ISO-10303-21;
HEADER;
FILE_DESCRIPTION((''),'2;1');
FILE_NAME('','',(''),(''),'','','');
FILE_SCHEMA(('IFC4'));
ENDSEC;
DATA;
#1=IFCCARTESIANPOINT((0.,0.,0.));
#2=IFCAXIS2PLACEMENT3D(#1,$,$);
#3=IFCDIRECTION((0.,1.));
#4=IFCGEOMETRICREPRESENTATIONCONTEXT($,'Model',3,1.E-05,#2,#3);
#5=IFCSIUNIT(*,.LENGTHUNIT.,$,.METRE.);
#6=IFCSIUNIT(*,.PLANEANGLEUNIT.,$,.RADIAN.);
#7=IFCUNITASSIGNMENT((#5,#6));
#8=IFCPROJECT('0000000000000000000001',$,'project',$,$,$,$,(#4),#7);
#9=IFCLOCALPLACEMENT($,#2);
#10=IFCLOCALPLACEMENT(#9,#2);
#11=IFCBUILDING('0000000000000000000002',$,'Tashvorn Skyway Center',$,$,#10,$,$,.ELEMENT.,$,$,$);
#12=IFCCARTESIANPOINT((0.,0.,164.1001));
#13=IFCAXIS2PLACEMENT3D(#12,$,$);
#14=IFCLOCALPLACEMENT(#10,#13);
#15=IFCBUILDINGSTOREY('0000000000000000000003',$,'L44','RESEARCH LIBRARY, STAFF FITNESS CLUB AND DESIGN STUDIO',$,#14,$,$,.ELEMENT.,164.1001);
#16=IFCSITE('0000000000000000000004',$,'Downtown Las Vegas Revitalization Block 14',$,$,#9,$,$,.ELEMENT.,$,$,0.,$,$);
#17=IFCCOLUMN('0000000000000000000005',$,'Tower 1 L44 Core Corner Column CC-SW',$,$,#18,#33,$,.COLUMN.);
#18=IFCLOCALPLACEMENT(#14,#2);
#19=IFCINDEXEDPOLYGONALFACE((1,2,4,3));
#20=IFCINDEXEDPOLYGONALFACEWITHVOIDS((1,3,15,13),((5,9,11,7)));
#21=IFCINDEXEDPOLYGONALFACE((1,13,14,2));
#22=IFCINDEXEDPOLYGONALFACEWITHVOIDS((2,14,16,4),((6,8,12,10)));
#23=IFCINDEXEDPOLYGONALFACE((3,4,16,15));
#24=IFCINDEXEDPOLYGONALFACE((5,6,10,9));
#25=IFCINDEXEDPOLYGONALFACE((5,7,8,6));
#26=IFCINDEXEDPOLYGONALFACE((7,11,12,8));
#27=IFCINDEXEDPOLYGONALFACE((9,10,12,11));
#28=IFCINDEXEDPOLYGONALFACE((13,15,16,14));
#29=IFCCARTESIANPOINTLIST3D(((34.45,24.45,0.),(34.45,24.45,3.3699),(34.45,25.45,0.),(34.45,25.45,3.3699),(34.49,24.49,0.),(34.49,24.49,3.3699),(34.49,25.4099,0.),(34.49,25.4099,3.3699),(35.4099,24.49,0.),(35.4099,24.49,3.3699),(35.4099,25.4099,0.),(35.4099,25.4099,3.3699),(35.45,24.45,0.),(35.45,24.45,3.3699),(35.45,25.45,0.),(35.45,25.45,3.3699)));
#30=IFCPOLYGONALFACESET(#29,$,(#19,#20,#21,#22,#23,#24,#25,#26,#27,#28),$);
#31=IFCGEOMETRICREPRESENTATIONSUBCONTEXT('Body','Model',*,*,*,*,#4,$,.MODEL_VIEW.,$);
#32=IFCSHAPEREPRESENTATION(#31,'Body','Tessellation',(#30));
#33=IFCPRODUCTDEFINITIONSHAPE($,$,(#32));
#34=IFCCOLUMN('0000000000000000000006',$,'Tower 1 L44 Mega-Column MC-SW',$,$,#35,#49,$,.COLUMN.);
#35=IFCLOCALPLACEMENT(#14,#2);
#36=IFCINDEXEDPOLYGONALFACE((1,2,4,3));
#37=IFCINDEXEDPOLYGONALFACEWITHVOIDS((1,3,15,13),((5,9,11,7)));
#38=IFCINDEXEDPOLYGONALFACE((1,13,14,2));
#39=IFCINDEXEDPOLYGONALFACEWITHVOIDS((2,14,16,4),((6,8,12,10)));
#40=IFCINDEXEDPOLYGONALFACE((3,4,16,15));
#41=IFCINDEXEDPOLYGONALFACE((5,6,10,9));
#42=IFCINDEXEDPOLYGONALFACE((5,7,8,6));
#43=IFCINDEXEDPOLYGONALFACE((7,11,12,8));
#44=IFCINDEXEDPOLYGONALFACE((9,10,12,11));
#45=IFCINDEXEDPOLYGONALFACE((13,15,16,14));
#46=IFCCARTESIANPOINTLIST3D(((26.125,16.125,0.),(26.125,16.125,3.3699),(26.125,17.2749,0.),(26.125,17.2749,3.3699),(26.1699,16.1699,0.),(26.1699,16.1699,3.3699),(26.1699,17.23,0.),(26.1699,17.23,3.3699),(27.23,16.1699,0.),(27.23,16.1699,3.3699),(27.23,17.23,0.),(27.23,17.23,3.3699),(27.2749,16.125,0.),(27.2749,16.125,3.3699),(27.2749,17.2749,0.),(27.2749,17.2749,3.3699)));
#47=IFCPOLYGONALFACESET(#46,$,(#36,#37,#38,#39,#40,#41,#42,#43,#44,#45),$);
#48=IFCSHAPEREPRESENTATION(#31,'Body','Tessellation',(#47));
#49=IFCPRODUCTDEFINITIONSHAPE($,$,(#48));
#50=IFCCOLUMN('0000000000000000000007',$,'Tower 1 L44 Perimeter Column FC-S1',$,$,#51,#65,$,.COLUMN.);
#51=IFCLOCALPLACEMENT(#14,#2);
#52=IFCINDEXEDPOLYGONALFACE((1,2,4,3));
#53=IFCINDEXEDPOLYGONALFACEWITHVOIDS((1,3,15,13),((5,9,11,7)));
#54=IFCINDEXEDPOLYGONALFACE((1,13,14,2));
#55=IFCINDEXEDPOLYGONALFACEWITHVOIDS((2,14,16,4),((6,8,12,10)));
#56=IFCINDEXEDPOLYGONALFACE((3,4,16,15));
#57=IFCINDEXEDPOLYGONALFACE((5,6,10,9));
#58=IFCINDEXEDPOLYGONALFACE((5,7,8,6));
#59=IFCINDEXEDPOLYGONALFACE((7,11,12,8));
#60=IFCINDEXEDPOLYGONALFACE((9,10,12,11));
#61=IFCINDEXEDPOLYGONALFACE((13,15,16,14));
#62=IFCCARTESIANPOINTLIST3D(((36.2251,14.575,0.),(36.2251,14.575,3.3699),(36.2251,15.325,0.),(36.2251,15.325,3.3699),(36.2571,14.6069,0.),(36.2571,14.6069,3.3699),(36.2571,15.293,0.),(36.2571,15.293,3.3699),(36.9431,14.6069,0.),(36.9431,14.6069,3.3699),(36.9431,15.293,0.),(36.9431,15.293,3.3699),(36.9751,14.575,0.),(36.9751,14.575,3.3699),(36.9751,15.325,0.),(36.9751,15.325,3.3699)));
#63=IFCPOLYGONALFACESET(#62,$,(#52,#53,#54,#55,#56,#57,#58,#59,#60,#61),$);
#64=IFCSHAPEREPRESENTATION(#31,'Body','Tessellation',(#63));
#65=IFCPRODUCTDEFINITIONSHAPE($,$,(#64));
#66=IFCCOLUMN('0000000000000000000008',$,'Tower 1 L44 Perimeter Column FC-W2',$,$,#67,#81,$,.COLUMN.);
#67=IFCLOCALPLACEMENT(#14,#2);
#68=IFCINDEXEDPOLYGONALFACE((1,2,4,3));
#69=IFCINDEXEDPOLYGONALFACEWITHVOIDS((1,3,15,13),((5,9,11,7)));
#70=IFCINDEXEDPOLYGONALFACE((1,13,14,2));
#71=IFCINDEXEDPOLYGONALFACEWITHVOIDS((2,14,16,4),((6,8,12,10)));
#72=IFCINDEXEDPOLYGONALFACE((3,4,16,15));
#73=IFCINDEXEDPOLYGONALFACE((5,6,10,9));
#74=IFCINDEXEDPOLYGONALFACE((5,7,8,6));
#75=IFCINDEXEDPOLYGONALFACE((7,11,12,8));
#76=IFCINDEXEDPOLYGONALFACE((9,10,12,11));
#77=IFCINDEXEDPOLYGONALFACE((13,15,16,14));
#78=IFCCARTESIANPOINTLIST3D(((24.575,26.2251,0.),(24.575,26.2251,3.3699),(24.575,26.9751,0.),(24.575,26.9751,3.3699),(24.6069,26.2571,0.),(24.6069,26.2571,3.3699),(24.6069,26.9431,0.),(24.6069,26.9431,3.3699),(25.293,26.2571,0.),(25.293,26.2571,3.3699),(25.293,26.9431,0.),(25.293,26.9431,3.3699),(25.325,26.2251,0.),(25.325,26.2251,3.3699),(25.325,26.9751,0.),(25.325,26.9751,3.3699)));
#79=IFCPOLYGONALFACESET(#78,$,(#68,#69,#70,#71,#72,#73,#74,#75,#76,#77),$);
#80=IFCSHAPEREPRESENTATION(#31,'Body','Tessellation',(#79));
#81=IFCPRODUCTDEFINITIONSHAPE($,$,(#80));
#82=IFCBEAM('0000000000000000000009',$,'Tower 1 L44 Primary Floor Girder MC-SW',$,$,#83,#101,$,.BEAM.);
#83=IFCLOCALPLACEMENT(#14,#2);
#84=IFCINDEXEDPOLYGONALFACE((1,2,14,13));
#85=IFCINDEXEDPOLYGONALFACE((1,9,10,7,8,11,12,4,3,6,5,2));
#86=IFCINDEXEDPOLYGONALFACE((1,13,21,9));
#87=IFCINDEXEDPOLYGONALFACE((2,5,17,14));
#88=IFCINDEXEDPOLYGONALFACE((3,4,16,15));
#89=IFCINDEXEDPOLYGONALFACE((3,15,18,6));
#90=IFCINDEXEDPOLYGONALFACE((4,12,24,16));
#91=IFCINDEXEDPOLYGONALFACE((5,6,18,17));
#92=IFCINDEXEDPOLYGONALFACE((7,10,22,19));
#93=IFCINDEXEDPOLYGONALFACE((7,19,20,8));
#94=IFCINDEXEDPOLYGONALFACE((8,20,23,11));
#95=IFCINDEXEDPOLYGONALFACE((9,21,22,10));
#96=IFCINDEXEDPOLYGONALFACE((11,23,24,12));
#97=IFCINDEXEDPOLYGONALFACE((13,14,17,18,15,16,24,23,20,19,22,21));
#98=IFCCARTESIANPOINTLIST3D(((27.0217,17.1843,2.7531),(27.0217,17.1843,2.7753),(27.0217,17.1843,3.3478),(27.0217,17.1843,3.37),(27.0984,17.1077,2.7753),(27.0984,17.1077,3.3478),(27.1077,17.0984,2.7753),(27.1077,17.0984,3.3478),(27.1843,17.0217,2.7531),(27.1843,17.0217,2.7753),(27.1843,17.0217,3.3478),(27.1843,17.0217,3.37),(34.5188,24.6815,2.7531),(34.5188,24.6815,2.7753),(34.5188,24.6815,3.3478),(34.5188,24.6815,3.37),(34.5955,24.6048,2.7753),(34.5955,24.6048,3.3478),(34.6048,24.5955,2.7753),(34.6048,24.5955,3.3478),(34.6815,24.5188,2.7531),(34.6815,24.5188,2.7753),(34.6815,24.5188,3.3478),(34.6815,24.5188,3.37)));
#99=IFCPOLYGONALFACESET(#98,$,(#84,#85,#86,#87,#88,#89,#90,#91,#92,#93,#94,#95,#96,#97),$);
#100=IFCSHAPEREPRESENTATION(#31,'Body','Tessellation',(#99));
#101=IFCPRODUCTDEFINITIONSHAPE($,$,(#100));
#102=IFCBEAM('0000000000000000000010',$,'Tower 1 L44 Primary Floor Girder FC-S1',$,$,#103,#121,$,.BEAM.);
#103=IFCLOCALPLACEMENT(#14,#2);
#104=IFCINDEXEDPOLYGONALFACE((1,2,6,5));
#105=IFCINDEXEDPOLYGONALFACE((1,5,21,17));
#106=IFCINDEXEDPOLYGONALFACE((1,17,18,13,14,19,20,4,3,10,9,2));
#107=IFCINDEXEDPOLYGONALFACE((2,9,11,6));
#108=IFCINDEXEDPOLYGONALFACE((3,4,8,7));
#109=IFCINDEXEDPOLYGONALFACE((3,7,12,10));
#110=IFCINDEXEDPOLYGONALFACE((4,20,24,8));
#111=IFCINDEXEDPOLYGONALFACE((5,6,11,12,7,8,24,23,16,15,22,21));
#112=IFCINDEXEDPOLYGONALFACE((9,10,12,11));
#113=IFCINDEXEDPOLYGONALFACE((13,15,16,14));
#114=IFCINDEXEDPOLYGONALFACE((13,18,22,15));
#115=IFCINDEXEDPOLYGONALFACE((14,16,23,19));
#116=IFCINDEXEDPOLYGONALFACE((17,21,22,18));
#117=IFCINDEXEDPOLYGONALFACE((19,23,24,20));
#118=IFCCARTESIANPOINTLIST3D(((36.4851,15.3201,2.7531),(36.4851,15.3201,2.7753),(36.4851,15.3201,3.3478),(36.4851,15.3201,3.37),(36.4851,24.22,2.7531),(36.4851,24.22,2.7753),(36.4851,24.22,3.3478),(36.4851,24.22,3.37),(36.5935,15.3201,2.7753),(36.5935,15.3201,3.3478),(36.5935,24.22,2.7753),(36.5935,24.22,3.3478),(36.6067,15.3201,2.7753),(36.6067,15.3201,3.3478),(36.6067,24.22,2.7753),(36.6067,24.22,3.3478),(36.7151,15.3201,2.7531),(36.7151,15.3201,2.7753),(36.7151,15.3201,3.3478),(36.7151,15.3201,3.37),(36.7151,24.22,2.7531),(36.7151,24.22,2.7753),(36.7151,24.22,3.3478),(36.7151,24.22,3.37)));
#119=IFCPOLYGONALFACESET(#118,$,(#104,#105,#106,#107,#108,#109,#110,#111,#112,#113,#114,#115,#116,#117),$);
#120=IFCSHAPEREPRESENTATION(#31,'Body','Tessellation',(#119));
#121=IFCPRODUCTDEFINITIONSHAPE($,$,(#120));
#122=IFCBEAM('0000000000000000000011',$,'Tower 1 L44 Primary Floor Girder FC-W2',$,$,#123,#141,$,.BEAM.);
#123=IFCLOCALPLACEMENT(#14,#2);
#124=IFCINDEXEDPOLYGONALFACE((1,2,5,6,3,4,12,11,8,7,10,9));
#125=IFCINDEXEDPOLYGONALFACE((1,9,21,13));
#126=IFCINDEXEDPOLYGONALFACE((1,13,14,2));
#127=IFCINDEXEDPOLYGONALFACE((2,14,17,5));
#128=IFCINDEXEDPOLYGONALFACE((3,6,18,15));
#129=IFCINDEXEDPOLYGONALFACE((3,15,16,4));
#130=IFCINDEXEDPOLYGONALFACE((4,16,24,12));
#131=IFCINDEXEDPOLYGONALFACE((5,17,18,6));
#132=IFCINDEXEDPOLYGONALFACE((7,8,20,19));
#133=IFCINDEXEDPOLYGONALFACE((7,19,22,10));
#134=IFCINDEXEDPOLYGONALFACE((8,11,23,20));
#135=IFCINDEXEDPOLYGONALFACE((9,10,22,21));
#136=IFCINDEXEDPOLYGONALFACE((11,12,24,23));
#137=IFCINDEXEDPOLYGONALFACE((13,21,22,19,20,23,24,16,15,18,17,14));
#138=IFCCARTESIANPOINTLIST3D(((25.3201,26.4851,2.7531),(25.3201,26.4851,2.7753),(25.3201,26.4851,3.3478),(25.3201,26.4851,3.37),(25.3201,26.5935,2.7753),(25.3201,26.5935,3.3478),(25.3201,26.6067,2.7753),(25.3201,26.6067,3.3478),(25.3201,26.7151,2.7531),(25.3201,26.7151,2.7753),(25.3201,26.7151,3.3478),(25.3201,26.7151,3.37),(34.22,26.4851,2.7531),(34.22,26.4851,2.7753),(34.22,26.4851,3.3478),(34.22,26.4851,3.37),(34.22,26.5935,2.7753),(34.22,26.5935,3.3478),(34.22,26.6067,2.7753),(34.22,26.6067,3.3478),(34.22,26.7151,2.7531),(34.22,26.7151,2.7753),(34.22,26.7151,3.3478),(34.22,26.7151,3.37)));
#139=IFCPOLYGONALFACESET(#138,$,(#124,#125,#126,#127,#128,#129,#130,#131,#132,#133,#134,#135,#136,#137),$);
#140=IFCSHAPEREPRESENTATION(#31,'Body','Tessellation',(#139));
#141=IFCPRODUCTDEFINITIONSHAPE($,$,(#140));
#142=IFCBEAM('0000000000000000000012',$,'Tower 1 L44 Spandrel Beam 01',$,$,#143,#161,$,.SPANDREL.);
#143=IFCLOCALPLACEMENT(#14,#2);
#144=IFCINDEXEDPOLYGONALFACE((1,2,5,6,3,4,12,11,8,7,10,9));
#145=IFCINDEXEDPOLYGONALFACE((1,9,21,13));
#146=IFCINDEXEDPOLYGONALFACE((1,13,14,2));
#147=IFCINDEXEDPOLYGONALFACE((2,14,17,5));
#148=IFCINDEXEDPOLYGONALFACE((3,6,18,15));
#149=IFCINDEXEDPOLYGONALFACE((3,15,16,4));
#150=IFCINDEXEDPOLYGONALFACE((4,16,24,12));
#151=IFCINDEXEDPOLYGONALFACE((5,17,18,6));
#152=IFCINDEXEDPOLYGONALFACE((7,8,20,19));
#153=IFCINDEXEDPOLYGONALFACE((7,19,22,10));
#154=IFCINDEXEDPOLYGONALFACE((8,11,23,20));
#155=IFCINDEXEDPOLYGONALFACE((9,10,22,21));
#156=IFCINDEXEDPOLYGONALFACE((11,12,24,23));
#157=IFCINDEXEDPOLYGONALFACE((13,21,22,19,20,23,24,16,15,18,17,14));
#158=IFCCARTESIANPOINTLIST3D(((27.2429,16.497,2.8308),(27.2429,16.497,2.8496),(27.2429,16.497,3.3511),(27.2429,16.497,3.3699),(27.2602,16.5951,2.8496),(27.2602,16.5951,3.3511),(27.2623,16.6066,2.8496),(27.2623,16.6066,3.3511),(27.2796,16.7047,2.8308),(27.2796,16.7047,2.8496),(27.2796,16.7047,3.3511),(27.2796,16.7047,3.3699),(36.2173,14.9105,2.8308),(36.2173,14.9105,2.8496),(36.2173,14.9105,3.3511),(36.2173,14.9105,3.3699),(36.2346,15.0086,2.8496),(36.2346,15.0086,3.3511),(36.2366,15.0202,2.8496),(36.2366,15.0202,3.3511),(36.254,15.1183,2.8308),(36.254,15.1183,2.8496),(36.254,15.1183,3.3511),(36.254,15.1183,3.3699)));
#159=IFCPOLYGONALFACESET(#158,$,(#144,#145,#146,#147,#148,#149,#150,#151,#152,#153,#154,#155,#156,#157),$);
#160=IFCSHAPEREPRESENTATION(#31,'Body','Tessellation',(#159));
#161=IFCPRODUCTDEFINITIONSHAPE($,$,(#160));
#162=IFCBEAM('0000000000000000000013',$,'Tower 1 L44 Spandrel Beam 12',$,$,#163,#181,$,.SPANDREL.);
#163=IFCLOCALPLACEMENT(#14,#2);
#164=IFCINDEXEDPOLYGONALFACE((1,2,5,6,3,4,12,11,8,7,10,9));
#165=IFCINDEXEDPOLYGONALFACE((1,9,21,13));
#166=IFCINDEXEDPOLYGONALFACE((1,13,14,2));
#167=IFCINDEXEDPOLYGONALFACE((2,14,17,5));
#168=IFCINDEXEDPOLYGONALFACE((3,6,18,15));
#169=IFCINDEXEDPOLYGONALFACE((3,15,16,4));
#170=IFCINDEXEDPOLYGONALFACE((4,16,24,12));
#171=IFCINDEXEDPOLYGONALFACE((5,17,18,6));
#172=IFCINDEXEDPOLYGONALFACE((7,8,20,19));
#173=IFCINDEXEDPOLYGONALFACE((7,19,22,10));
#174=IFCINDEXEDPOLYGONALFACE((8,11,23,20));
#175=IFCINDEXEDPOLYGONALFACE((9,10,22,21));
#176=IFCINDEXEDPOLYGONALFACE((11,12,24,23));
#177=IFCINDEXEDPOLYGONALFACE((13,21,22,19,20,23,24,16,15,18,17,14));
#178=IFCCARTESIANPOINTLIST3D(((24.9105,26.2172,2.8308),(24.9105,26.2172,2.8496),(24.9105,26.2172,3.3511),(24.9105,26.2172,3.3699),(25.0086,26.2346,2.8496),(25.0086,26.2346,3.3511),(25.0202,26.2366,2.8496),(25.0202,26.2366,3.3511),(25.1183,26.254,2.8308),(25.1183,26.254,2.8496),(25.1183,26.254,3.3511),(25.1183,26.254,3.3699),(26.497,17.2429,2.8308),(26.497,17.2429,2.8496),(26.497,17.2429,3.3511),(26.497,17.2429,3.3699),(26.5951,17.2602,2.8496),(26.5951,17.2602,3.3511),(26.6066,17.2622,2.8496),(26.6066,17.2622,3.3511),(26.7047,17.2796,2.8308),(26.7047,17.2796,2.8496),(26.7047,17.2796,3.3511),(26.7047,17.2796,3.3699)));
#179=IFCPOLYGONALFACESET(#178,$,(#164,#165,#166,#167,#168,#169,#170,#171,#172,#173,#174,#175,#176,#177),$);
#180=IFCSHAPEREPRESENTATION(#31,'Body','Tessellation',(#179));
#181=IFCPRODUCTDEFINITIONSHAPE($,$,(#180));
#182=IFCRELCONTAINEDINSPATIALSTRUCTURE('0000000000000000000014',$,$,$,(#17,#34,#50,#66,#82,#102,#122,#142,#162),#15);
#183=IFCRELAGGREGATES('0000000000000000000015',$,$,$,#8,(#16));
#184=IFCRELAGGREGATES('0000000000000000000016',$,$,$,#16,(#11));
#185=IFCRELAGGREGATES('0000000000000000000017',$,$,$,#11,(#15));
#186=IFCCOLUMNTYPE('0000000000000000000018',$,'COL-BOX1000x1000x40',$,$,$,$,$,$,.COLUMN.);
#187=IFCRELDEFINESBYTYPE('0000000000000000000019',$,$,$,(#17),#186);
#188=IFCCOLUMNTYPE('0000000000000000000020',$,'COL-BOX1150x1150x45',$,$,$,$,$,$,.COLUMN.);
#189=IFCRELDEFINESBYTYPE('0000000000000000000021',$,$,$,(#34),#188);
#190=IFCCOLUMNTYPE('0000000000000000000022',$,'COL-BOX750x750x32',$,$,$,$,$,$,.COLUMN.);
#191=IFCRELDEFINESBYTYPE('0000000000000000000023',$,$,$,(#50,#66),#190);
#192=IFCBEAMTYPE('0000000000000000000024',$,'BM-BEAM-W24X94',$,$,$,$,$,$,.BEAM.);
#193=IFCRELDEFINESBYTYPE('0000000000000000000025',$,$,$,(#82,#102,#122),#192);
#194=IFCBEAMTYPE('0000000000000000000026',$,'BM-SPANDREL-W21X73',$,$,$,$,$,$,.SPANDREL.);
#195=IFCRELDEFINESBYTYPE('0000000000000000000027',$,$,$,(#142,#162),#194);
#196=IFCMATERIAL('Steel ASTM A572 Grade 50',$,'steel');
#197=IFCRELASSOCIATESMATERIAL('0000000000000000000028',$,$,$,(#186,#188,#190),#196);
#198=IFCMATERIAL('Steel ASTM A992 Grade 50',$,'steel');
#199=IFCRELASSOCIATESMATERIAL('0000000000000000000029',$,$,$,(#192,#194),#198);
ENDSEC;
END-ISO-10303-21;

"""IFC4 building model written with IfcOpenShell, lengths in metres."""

from ifc_helpers import new_model, si_unit, direction, frame, origin, origin_2d, place, context, subcontext, project, spatial, hollow_rectangle, i_section, extrude, material, material_profile, profile_set, type_object, element, save


model = new_model("IFC4")

# Units and contexts
model_context = context("Model", 3, precision=1e-05, world=origin(), true_north=direction((0.0, 1.0)))
body_context = subcontext(model_context, "Body", "Model", "MODEL_VIEW")
ifc_project = project(units=[si_unit("LENGTHUNIT", "METRE"), si_unit("PLANEANGLEUNIT", "RADIAN")], contexts=[model_context])

# Site, building, storey
site_placement = place(None, origin())
site = spatial("IfcSite", under=ifc_project, at=site_placement, Name="Downtown Las Vegas Revitalization Block 14", CompositionType="ELEMENT", RefElevation=0.0)
building_placement = place(site_placement, origin())
building = spatial("IfcBuilding", under=site, at=building_placement, Name="Tashvorn Skyway Center", CompositionType="ELEMENT")
storey_placement = place(building_placement, frame((0.0, 0.0, 164.1001)))
storey = spatial("IfcBuildingStorey", under=building, at=storey_placement, Name="L44", Description="RESEARCH LIBRARY, STAFF FITNESS CLUB AND DESIGN STUDIO", CompositionType="ELEMENT", Elevation=164.1001)

# Columns
ifc_material_1 = material(Name="Steel ASTM A572 Grade 50", Category="steel")
ifc_material_profile_1 = material_profile(ifc_material_1, hollow_rectangle(XDim=1.0, YDim=1.0, WallThickness=0.04, at=origin_2d()), Name="BOX1000x1000x40")
ifc_profile_set_1 = profile_set([ifc_material_profile_1], Name="Steel ASTM A572 Grade 50")
column_type_1 = type_object("IfcColumnType", Name="COL-BOX1000x1000x40", PredefinedType="COLUMN", material=ifc_profile_set_1)
column_1_placement = place(storey_placement, frame((34.95, 24.95, 0.0), z_axis=(0.0, 0.0, 1.0), x_axis=(1.0, 0.0, 0.0)))
element("IfcColumn", 1, at=column_1_placement, inside=storey, type_object=column_type_1, Name="Tower 1 L44 Core Corner Column CC-SW", PredefinedType="COLUMN", context=body_context, shape_type="SweptSolid", body=[
    extrude(hollow_rectangle(XDim=1.0, YDim=1.0, WallThickness=0.04, at=origin_2d()), origin(), (0.0, 0.0, 1.0), 3.3699),
])
ifc_material_profile_2 = material_profile(ifc_material_1, hollow_rectangle(XDim=1.1499, YDim=1.1499, WallThickness=0.0449, at=origin_2d()), Name="BOX1150x1150x45")
ifc_profile_set_2 = profile_set([ifc_material_profile_2], Name="Steel ASTM A572 Grade 50")
column_type_2 = type_object("IfcColumnType", Name="COL-BOX1150x1150x45", PredefinedType="COLUMN", material=ifc_profile_set_2)
column_2_placement = place(storey_placement, frame((26.7, 16.7, 0.0), z_axis=(0.0, 0.0, 1.0), x_axis=(1.0, 0.0, 0.0)))
element("IfcColumn", 2, at=column_2_placement, inside=storey, type_object=column_type_2, Name="Tower 1 L44 Mega-Column MC-SW", PredefinedType="COLUMN", context=body_context, shape_type="SweptSolid", body=[
    extrude(hollow_rectangle(XDim=1.1499, YDim=1.1499, WallThickness=0.0449, at=origin_2d()), origin(), (0.0, 0.0, 1.0), 3.3699),
])
ifc_material_profile_3 = material_profile(ifc_material_1, hollow_rectangle(XDim=0.75, YDim=0.75, WallThickness=0.032, at=origin_2d()), Name="BOX750x750x32")
ifc_profile_set_3 = profile_set([ifc_material_profile_3], Name="Steel ASTM A572 Grade 50")
column_type_3 = type_object("IfcColumnType", Name="COL-BOX750x750x32", PredefinedType="COLUMN", material=ifc_profile_set_3)
for number, where, z_axis, x_axis, name in (
    (3, (36.6001, 14.95, 0.0), (0.0, 0.0, 1.0), (1.0, 0.0, 0.0), "Tower 1 L44 Perimeter Column FC-S1"),
    (4, (24.95, 26.6001, 0.0), (0.0, 0.0, 1.0), (1.0, 0.0, 0.0), "Tower 1 L44 Perimeter Column FC-W2"),
):
    element("IfcColumn", number, at=place(storey_placement, frame(where, z_axis=z_axis, x_axis=x_axis)), inside=storey, type_object=column_type_3, Name=name, PredefinedType="COLUMN", context=body_context, shape_type="SweptSolid", body=[
        extrude(hollow_rectangle(XDim=0.75, YDim=0.75, WallThickness=0.032, at=origin_2d()), origin(), (0.0, 0.0, 1.0), 3.3699),
    ])

# Beams
ifc_material_2 = material(Name="Steel ASTM A992 Grade 50", Category="steel")
ifc_material_profile_4 = material_profile(ifc_material_2, i_section(OverallWidth=0.23, OverallDepth=0.6169, WebThickness=0.0132, FlangeThickness=0.0222, at=origin_2d()), Name="W24X94")
ifc_profile_set_4 = profile_set([ifc_material_profile_4], Name="Steel ASTM A992 Grade 50")
beam_type_1 = type_object("IfcBeamType", Name="BM-BEAM-W24X94", PredefinedType="BEAM", material=ifc_profile_set_4)
beam_placement = place(storey_placement, frame((27.103, 17.103, 3.0615), z_axis=(0.707107, 0.707107, 0.0), x_axis=(-0.707107, 0.707107, 0.0)))
element("IfcBeam", 5, at=beam_placement, inside=storey, type_object=beam_type_1, Name="Tower 1 L44 Primary Floor Girder MC-SW", PredefinedType="BEAM", context=body_context, shape_type="SweptSolid", body=[
    extrude(i_section(OverallWidth=0.23, OverallDepth=0.6169, WebThickness=0.0132, FlangeThickness=0.0222, at=origin_2d()), origin(), (0.0, 0.0, 1.0), 10.6025),
])
for number, where, z_axis, x_axis, name in (
    (6, (36.6001, 15.3201, 3.0615), (0.0, 1.0, 0.0), (-1.0, 0.0, 0.0), "Tower 1 L44 Primary Floor Girder FC-S1"),
    (7, (25.3201, 26.6001, 3.0615), (1.0, 0.0, 0.0), (0.0, 1.0, 0.0), "Tower 1 L44 Primary Floor Girder FC-W2"),
):
    element("IfcBeam", number, at=place(storey_placement, frame(where, z_axis=z_axis, x_axis=x_axis)), inside=storey, type_object=beam_type_1, Name=name, PredefinedType="BEAM", context=body_context, shape_type="SweptSolid", body=[
        extrude(i_section(OverallWidth=0.23, OverallDepth=0.6169, WebThickness=0.0132, FlangeThickness=0.0222, at=origin_2d()), origin(), (0.0, 0.0, 1.0), 8.8999),
    ])
ifc_material_profile_5 = material_profile(ifc_material_2, i_section(OverallWidth=0.2109, OverallDepth=0.5391, WebThickness=0.0117, FlangeThickness=0.0188, at=origin_2d()), Name="W21X73")
ifc_profile_set_5 = profile_set([ifc_material_profile_5], Name="Steel ASTM A992 Grade 50")
beam_type_2 = type_object("IfcBeamType", Name="BM-SPANDREL-W21X73", PredefinedType="SPANDREL", material=ifc_profile_set_5)
for number, where, z_axis, x_axis, name in (
    (8, (27.2612, 16.6008, 3.1003), (0.984733, -0.174074, 0.0), (0.174074, 0.984733, 0.0), "Tower 1 L44 Spandrel Beam 01"),
    (9, (25.0144, 26.2356, 3.1003), (0.174074, -0.984733, 0.0), (0.984733, 0.174074, 0.0), "Tower 1 L44 Spandrel Beam 12"),
):
    element("IfcBeam", number, at=place(storey_placement, frame(where, z_axis=z_axis, x_axis=x_axis)), inside=storey, type_object=beam_type_2, Name=name, PredefinedType="SPANDREL", context=body_context, shape_type="SweptSolid", body=[
        extrude(i_section(OverallWidth=0.2109, OverallDepth=0.5391, WebThickness=0.0117, FlangeThickness=0.0188, at=origin_2d()), origin(), (0.0, 0.0, 1.0), 9.1135),
    ])

save(model, "model.ifc")
